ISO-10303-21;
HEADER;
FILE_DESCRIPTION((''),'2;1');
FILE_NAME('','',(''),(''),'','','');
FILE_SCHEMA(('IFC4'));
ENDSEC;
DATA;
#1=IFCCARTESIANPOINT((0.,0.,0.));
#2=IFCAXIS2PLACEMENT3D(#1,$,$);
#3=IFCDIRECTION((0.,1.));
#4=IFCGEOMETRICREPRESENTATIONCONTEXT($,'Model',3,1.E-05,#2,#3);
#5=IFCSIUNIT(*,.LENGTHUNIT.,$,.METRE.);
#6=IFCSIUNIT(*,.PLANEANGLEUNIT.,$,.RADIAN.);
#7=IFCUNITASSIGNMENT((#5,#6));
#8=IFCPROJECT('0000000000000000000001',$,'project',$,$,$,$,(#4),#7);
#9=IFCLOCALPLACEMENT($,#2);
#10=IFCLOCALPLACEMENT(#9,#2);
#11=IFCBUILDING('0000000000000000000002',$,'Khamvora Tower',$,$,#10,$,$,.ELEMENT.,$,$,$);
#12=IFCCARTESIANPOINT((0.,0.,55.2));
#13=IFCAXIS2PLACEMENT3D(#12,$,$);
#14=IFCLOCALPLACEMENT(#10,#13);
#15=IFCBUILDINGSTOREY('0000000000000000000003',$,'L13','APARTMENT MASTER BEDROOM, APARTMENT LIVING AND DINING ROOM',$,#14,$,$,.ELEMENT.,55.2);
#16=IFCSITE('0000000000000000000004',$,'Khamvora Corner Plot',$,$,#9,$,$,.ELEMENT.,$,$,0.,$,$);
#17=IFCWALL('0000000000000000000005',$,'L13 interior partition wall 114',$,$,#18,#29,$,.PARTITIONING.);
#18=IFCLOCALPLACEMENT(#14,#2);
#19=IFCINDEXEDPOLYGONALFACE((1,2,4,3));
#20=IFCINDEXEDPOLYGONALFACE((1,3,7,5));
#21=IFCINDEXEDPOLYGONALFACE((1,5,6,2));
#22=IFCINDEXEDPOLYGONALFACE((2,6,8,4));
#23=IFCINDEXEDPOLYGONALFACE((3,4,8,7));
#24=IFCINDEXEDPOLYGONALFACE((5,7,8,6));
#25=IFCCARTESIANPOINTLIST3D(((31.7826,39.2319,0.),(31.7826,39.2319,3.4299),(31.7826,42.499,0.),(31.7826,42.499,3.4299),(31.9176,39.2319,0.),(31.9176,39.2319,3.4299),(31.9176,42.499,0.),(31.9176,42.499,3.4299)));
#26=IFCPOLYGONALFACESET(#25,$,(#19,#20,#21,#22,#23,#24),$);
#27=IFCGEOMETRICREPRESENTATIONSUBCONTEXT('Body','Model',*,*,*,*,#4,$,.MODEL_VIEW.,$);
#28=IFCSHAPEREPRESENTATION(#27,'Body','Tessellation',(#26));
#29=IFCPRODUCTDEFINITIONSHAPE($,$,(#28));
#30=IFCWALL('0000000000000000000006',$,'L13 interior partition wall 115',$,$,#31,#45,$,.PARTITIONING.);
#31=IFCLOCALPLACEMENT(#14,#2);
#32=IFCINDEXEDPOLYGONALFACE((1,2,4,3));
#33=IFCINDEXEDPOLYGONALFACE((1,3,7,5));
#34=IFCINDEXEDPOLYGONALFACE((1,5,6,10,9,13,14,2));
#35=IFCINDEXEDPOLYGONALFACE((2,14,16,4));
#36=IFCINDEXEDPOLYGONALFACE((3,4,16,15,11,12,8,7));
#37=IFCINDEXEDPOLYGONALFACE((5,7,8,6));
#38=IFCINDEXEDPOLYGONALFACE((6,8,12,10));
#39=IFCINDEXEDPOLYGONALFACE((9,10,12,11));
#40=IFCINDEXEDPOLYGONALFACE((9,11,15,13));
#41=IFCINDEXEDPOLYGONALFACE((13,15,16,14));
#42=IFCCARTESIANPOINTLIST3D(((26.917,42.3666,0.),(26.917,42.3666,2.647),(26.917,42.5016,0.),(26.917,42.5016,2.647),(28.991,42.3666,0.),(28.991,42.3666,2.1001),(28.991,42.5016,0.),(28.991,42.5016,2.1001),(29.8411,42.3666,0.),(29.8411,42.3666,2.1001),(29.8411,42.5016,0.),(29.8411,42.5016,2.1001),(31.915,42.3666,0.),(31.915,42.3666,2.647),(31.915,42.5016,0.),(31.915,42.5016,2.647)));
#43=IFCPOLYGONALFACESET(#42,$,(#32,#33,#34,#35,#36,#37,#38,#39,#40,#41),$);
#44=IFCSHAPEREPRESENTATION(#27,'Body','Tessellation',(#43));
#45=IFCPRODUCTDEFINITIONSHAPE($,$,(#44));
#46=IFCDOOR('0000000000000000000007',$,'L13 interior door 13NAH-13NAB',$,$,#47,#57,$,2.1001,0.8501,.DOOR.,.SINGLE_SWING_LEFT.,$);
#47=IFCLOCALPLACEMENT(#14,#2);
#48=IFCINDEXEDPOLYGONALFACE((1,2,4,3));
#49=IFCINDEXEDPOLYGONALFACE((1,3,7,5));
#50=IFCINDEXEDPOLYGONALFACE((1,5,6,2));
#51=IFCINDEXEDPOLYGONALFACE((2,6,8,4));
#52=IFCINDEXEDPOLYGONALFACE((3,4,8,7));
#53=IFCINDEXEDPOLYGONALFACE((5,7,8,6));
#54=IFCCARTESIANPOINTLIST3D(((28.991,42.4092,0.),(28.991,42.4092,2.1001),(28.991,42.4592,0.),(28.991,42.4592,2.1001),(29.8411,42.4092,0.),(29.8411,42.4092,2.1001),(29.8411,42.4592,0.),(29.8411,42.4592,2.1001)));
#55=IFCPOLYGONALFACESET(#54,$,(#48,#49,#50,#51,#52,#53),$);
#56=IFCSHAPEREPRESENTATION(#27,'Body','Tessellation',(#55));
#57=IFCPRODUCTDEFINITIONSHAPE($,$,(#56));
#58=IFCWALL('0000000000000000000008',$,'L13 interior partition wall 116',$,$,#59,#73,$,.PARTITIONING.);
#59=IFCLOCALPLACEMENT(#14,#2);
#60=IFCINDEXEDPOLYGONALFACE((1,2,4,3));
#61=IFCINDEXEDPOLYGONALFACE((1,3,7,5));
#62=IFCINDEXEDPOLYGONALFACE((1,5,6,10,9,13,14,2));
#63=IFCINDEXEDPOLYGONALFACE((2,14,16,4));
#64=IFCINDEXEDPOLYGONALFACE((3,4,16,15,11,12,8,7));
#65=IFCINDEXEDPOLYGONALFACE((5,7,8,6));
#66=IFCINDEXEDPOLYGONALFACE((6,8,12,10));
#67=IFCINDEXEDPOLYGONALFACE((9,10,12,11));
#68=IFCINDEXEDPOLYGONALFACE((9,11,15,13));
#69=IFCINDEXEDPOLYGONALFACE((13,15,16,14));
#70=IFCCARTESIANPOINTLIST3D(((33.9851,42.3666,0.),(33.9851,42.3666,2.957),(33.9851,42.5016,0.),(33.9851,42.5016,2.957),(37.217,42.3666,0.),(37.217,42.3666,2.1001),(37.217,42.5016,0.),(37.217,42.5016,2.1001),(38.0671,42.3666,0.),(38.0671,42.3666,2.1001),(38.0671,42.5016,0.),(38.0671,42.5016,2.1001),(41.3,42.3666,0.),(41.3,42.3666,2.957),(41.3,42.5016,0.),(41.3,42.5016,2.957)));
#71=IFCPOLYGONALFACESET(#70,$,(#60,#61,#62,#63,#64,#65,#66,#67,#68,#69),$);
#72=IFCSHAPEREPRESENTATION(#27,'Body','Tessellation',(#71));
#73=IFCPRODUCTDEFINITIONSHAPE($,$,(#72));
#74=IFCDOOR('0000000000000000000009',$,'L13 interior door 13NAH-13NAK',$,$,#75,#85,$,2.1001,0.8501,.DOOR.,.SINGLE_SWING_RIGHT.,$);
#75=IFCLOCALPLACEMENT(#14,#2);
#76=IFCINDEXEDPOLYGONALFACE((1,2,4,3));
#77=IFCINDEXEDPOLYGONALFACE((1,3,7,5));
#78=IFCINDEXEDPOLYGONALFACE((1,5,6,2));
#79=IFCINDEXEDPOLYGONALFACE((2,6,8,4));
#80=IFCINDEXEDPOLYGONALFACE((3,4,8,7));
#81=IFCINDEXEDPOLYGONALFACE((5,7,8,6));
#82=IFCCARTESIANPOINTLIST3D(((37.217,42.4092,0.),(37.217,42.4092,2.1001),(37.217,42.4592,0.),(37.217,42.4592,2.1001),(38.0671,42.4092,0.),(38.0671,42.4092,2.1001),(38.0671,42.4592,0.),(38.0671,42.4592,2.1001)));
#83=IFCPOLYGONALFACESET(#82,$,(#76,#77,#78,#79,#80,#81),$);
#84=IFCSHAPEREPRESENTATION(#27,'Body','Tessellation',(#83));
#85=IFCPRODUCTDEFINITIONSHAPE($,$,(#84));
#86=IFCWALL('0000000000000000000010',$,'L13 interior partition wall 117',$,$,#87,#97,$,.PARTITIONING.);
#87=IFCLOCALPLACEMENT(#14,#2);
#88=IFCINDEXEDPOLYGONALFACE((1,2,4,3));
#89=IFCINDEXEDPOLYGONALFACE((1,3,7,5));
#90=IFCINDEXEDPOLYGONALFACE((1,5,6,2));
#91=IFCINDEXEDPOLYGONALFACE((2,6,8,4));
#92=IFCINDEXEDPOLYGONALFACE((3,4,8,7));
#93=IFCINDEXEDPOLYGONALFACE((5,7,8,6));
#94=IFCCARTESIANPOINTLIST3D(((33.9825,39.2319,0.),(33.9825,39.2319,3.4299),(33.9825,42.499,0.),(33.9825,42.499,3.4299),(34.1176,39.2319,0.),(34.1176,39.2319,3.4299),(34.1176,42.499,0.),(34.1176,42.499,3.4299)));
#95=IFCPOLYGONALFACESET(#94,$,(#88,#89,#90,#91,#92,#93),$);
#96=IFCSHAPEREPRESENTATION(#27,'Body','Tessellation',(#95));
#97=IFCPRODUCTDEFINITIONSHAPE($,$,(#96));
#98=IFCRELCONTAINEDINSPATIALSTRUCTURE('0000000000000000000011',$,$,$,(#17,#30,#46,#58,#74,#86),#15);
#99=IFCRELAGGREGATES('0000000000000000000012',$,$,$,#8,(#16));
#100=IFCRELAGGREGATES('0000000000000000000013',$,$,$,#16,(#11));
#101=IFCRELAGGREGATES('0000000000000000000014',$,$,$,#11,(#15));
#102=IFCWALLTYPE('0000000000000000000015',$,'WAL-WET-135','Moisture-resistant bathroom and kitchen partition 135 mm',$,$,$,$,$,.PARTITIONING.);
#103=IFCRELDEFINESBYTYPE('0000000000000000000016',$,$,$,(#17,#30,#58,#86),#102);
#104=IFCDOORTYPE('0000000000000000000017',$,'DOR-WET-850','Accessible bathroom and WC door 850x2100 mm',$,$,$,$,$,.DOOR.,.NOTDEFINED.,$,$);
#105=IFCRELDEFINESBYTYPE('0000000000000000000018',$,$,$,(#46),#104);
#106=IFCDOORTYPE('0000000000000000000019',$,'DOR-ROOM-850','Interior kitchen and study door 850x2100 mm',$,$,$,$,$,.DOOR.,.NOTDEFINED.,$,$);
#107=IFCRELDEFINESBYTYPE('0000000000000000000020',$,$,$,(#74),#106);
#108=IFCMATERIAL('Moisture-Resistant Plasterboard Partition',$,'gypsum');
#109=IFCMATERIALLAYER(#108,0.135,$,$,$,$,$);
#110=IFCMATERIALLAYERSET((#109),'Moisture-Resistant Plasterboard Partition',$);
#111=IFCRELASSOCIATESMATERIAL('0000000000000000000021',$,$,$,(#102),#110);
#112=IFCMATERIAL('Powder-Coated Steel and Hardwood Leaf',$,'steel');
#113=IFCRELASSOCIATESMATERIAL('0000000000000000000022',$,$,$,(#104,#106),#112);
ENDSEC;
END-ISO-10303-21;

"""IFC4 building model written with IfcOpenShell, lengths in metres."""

from ifc_helpers import new_model, si_unit, direction, frame, frame_2d, origin, place, context, subcontext, project, spatial, rectangle, extrude, material, layer, layer_set, type_object, element, fill, save


model = new_model("IFC4")

# Units and contexts
model_context = context("Model", 3, precision=1e-05, world=origin(), true_north=direction((0.0, 1.0)))
body_context = subcontext(model_context, "Body", "Model", "MODEL_VIEW")
ifc_project = project(units=[si_unit("LENGTHUNIT", "METRE"), si_unit("PLANEANGLEUNIT", "RADIAN")], contexts=[model_context])

# Site, building, storey
site_placement = place(None, origin())
site = spatial("IfcSite", under=ifc_project, at=site_placement, Name="Khamvora Corner Plot", CompositionType="ELEMENT", RefElevation=0.0)
building_placement = place(site_placement, origin())
building = spatial("IfcBuilding", under=site, at=building_placement, Name="Khamvora Tower", CompositionType="ELEMENT")
storey_placement = place(building_placement, frame((0.0, 0.0, 55.2)))
storey = spatial("IfcBuildingStorey", under=building, at=storey_placement, Name="L13", Description="APARTMENT MASTER BEDROOM, APARTMENT LIVING AND DINING ROOM", CompositionType="ELEMENT", Elevation=55.2)

# Shared definitions
ifc_material_1 = material(Name="Powder-Coated Steel and Hardwood Leaf", Category="steel")

# Wall
ifc_material_2 = material(Name="Moisture-Resistant Plasterboard Partition", Category="gypsum")
ifc_layer_1 = layer(ifc_material_2, 0.135)
ifc_layer_set_1 = layer_set([ifc_layer_1], Name="Moisture-Resistant Plasterboard Partition")
wall_type_1 = type_object("IfcWallType", Name="WAL-WET-135", Description="Moisture-resistant bathroom and kitchen partition 135 mm", PredefinedType="PARTITIONING", material=ifc_layer_set_1)
wall_1_placement = place(storey_placement, frame((31.8501, 39.2319, 0.0), z_axis=(0.0, 0.0, 1.0), x_axis=(0.0, 1.0, 0.0)))
element("IfcWall", 1, at=wall_1_placement, inside=storey, type_object=wall_type_1, Name="L13 interior partition wall 114", PredefinedType="PARTITIONING", context=body_context, shape_type="SweptSolid", body=[
    extrude(rectangle(XDim=3.2671, YDim=0.135, at=frame_2d((1.6335, 0.0))), origin(), (0.0, 0.0, 1.0), 3.4299),
])

# Walls, openings, doors
wall_2_placement = place(storey_placement, frame((31.915, 42.4341, 0.0), z_axis=(0.0, 0.0, 1.0), x_axis=(-1.0, 0.0, 0.0)))
wall_2 = element("IfcWall", 2, at=wall_2_placement, inside=storey, type_object=wall_type_1, Name="L13 interior partition wall 115", PredefinedType="PARTITIONING", context=body_context, shape_type="SweptSolid", body=[
    extrude(rectangle(XDim=4.998, YDim=0.135, at=frame_2d((2.499, 0.0))), origin(), (0.0, 0.0, 1.0), 2.647),
])
opening_1_placement = place(wall_2_placement, frame((2.074, 0.0, 0.0)))
opening_1 = element("IfcOpeningElement", 3, at=opening_1_placement, cuts=wall_2, PredefinedType="OPENING", context=body_context, shape_type="SweptSolid", body=[
    extrude(rectangle(XDim=0.8501, YDim=2.1001, at=frame_2d((0.425, 1.05))), frame((0.0, 0.0774, 0.0), z_axis=(0.0, -1.0, 0.0), x_axis=(1.0, 0.0, 0.0)), (0.0, 0.0, 1.0), 0.155),
])
door_type_1 = type_object("IfcDoorType", Name="DOR-WET-850", Description="Accessible bathroom and WC door 850x2100 mm", OperationType="NOTDEFINED", PredefinedType="DOOR", material=ifc_material_1)
door_1_placement = place(opening_1_placement, origin())
door_1 = element("IfcDoor", 4, at=door_1_placement, inside=storey, type_object=door_type_1, Name="L13 interior door 13NAH-13NAB", OperationType="SINGLE_SWING_LEFT", OverallHeight=2.1001, OverallWidth=0.8501, PredefinedType="DOOR", context=body_context, shape_type="SweptSolid", body=[
    extrude(rectangle(XDim=0.8501, YDim=2.1001, at=frame_2d((0.425, 1.05))), frame((0.0, 0.0249, 0.0), z_axis=(0.0, -1.0, 0.0), x_axis=(1.0, 0.0, 0.0)), (0.0, 0.0, 1.0), 0.05),
])
fill(opening_1, door_1)
wall_3_placement = place(storey_placement, frame((41.3, 42.4341, 0.0), z_axis=(0.0, 0.0, 1.0), x_axis=(-1.0, 0.0, 0.0)))
wall_3 = element("IfcWall", 5, at=wall_3_placement, inside=storey, type_object=wall_type_1, Name="L13 interior partition wall 116", PredefinedType="PARTITIONING", context=body_context, shape_type="SweptSolid", body=[
    extrude(rectangle(XDim=7.3149, YDim=0.135, at=frame_2d((3.6575, 0.0))), origin(), (0.0, 0.0, 1.0), 2.957),
])
opening_2_placement = place(wall_3_placement, frame((3.2329, 0.0, 0.0)))
opening_2 = element("IfcOpeningElement", 6, at=opening_2_placement, cuts=wall_3, PredefinedType="OPENING", context=body_context, shape_type="SweptSolid", body=[
    extrude(rectangle(XDim=0.8501, YDim=2.1001, at=frame_2d((0.425, 1.05))), frame((0.0, 0.0774, 0.0), z_axis=(0.0, -1.0, 0.0), x_axis=(1.0, 0.0, 0.0)), (0.0, 0.0, 1.0), 0.155),
])
door_type_2 = type_object("IfcDoorType", Name="DOR-ROOM-850", Description="Interior kitchen and study door 850x2100 mm", OperationType="NOTDEFINED", PredefinedType="DOOR", material=ifc_material_1)
door_2_placement = place(opening_2_placement, origin())
door_2 = element("IfcDoor", 7, at=door_2_placement, inside=storey, type_object=door_type_2, Name="L13 interior door 13NAH-13NAK", OperationType="SINGLE_SWING_RIGHT", OverallHeight=2.1001, OverallWidth=0.8501, PredefinedType="DOOR", context=body_context, shape_type="SweptSolid", body=[
    extrude(rectangle(XDim=0.8501, YDim=2.1001, at=frame_2d((0.425, 1.05))), frame((0.0, 0.0249, 0.0), z_axis=(0.0, -1.0, 0.0), x_axis=(1.0, 0.0, 0.0)), (0.0, 0.0, 1.0), 0.05),
])
fill(opening_2, door_2)

# Wall
wall_4_placement = place(storey_placement, frame((34.05, 42.499, 0.0), z_axis=(0.0, 0.0, 1.0), x_axis=(0.0, -1.0, 0.0)))
element("IfcWall", 8, at=wall_4_placement, inside=storey, type_object=wall_type_1, Name="L13 interior partition wall 117", PredefinedType="PARTITIONING", context=body_context, shape_type="SweptSolid", body=[
    extrude(rectangle(XDim=3.2671, YDim=0.135, at=frame_2d((1.6335, 0.0))), origin(), (0.0, 0.0, 1.0), 3.4299),
])

save(model, "model.ifc")
